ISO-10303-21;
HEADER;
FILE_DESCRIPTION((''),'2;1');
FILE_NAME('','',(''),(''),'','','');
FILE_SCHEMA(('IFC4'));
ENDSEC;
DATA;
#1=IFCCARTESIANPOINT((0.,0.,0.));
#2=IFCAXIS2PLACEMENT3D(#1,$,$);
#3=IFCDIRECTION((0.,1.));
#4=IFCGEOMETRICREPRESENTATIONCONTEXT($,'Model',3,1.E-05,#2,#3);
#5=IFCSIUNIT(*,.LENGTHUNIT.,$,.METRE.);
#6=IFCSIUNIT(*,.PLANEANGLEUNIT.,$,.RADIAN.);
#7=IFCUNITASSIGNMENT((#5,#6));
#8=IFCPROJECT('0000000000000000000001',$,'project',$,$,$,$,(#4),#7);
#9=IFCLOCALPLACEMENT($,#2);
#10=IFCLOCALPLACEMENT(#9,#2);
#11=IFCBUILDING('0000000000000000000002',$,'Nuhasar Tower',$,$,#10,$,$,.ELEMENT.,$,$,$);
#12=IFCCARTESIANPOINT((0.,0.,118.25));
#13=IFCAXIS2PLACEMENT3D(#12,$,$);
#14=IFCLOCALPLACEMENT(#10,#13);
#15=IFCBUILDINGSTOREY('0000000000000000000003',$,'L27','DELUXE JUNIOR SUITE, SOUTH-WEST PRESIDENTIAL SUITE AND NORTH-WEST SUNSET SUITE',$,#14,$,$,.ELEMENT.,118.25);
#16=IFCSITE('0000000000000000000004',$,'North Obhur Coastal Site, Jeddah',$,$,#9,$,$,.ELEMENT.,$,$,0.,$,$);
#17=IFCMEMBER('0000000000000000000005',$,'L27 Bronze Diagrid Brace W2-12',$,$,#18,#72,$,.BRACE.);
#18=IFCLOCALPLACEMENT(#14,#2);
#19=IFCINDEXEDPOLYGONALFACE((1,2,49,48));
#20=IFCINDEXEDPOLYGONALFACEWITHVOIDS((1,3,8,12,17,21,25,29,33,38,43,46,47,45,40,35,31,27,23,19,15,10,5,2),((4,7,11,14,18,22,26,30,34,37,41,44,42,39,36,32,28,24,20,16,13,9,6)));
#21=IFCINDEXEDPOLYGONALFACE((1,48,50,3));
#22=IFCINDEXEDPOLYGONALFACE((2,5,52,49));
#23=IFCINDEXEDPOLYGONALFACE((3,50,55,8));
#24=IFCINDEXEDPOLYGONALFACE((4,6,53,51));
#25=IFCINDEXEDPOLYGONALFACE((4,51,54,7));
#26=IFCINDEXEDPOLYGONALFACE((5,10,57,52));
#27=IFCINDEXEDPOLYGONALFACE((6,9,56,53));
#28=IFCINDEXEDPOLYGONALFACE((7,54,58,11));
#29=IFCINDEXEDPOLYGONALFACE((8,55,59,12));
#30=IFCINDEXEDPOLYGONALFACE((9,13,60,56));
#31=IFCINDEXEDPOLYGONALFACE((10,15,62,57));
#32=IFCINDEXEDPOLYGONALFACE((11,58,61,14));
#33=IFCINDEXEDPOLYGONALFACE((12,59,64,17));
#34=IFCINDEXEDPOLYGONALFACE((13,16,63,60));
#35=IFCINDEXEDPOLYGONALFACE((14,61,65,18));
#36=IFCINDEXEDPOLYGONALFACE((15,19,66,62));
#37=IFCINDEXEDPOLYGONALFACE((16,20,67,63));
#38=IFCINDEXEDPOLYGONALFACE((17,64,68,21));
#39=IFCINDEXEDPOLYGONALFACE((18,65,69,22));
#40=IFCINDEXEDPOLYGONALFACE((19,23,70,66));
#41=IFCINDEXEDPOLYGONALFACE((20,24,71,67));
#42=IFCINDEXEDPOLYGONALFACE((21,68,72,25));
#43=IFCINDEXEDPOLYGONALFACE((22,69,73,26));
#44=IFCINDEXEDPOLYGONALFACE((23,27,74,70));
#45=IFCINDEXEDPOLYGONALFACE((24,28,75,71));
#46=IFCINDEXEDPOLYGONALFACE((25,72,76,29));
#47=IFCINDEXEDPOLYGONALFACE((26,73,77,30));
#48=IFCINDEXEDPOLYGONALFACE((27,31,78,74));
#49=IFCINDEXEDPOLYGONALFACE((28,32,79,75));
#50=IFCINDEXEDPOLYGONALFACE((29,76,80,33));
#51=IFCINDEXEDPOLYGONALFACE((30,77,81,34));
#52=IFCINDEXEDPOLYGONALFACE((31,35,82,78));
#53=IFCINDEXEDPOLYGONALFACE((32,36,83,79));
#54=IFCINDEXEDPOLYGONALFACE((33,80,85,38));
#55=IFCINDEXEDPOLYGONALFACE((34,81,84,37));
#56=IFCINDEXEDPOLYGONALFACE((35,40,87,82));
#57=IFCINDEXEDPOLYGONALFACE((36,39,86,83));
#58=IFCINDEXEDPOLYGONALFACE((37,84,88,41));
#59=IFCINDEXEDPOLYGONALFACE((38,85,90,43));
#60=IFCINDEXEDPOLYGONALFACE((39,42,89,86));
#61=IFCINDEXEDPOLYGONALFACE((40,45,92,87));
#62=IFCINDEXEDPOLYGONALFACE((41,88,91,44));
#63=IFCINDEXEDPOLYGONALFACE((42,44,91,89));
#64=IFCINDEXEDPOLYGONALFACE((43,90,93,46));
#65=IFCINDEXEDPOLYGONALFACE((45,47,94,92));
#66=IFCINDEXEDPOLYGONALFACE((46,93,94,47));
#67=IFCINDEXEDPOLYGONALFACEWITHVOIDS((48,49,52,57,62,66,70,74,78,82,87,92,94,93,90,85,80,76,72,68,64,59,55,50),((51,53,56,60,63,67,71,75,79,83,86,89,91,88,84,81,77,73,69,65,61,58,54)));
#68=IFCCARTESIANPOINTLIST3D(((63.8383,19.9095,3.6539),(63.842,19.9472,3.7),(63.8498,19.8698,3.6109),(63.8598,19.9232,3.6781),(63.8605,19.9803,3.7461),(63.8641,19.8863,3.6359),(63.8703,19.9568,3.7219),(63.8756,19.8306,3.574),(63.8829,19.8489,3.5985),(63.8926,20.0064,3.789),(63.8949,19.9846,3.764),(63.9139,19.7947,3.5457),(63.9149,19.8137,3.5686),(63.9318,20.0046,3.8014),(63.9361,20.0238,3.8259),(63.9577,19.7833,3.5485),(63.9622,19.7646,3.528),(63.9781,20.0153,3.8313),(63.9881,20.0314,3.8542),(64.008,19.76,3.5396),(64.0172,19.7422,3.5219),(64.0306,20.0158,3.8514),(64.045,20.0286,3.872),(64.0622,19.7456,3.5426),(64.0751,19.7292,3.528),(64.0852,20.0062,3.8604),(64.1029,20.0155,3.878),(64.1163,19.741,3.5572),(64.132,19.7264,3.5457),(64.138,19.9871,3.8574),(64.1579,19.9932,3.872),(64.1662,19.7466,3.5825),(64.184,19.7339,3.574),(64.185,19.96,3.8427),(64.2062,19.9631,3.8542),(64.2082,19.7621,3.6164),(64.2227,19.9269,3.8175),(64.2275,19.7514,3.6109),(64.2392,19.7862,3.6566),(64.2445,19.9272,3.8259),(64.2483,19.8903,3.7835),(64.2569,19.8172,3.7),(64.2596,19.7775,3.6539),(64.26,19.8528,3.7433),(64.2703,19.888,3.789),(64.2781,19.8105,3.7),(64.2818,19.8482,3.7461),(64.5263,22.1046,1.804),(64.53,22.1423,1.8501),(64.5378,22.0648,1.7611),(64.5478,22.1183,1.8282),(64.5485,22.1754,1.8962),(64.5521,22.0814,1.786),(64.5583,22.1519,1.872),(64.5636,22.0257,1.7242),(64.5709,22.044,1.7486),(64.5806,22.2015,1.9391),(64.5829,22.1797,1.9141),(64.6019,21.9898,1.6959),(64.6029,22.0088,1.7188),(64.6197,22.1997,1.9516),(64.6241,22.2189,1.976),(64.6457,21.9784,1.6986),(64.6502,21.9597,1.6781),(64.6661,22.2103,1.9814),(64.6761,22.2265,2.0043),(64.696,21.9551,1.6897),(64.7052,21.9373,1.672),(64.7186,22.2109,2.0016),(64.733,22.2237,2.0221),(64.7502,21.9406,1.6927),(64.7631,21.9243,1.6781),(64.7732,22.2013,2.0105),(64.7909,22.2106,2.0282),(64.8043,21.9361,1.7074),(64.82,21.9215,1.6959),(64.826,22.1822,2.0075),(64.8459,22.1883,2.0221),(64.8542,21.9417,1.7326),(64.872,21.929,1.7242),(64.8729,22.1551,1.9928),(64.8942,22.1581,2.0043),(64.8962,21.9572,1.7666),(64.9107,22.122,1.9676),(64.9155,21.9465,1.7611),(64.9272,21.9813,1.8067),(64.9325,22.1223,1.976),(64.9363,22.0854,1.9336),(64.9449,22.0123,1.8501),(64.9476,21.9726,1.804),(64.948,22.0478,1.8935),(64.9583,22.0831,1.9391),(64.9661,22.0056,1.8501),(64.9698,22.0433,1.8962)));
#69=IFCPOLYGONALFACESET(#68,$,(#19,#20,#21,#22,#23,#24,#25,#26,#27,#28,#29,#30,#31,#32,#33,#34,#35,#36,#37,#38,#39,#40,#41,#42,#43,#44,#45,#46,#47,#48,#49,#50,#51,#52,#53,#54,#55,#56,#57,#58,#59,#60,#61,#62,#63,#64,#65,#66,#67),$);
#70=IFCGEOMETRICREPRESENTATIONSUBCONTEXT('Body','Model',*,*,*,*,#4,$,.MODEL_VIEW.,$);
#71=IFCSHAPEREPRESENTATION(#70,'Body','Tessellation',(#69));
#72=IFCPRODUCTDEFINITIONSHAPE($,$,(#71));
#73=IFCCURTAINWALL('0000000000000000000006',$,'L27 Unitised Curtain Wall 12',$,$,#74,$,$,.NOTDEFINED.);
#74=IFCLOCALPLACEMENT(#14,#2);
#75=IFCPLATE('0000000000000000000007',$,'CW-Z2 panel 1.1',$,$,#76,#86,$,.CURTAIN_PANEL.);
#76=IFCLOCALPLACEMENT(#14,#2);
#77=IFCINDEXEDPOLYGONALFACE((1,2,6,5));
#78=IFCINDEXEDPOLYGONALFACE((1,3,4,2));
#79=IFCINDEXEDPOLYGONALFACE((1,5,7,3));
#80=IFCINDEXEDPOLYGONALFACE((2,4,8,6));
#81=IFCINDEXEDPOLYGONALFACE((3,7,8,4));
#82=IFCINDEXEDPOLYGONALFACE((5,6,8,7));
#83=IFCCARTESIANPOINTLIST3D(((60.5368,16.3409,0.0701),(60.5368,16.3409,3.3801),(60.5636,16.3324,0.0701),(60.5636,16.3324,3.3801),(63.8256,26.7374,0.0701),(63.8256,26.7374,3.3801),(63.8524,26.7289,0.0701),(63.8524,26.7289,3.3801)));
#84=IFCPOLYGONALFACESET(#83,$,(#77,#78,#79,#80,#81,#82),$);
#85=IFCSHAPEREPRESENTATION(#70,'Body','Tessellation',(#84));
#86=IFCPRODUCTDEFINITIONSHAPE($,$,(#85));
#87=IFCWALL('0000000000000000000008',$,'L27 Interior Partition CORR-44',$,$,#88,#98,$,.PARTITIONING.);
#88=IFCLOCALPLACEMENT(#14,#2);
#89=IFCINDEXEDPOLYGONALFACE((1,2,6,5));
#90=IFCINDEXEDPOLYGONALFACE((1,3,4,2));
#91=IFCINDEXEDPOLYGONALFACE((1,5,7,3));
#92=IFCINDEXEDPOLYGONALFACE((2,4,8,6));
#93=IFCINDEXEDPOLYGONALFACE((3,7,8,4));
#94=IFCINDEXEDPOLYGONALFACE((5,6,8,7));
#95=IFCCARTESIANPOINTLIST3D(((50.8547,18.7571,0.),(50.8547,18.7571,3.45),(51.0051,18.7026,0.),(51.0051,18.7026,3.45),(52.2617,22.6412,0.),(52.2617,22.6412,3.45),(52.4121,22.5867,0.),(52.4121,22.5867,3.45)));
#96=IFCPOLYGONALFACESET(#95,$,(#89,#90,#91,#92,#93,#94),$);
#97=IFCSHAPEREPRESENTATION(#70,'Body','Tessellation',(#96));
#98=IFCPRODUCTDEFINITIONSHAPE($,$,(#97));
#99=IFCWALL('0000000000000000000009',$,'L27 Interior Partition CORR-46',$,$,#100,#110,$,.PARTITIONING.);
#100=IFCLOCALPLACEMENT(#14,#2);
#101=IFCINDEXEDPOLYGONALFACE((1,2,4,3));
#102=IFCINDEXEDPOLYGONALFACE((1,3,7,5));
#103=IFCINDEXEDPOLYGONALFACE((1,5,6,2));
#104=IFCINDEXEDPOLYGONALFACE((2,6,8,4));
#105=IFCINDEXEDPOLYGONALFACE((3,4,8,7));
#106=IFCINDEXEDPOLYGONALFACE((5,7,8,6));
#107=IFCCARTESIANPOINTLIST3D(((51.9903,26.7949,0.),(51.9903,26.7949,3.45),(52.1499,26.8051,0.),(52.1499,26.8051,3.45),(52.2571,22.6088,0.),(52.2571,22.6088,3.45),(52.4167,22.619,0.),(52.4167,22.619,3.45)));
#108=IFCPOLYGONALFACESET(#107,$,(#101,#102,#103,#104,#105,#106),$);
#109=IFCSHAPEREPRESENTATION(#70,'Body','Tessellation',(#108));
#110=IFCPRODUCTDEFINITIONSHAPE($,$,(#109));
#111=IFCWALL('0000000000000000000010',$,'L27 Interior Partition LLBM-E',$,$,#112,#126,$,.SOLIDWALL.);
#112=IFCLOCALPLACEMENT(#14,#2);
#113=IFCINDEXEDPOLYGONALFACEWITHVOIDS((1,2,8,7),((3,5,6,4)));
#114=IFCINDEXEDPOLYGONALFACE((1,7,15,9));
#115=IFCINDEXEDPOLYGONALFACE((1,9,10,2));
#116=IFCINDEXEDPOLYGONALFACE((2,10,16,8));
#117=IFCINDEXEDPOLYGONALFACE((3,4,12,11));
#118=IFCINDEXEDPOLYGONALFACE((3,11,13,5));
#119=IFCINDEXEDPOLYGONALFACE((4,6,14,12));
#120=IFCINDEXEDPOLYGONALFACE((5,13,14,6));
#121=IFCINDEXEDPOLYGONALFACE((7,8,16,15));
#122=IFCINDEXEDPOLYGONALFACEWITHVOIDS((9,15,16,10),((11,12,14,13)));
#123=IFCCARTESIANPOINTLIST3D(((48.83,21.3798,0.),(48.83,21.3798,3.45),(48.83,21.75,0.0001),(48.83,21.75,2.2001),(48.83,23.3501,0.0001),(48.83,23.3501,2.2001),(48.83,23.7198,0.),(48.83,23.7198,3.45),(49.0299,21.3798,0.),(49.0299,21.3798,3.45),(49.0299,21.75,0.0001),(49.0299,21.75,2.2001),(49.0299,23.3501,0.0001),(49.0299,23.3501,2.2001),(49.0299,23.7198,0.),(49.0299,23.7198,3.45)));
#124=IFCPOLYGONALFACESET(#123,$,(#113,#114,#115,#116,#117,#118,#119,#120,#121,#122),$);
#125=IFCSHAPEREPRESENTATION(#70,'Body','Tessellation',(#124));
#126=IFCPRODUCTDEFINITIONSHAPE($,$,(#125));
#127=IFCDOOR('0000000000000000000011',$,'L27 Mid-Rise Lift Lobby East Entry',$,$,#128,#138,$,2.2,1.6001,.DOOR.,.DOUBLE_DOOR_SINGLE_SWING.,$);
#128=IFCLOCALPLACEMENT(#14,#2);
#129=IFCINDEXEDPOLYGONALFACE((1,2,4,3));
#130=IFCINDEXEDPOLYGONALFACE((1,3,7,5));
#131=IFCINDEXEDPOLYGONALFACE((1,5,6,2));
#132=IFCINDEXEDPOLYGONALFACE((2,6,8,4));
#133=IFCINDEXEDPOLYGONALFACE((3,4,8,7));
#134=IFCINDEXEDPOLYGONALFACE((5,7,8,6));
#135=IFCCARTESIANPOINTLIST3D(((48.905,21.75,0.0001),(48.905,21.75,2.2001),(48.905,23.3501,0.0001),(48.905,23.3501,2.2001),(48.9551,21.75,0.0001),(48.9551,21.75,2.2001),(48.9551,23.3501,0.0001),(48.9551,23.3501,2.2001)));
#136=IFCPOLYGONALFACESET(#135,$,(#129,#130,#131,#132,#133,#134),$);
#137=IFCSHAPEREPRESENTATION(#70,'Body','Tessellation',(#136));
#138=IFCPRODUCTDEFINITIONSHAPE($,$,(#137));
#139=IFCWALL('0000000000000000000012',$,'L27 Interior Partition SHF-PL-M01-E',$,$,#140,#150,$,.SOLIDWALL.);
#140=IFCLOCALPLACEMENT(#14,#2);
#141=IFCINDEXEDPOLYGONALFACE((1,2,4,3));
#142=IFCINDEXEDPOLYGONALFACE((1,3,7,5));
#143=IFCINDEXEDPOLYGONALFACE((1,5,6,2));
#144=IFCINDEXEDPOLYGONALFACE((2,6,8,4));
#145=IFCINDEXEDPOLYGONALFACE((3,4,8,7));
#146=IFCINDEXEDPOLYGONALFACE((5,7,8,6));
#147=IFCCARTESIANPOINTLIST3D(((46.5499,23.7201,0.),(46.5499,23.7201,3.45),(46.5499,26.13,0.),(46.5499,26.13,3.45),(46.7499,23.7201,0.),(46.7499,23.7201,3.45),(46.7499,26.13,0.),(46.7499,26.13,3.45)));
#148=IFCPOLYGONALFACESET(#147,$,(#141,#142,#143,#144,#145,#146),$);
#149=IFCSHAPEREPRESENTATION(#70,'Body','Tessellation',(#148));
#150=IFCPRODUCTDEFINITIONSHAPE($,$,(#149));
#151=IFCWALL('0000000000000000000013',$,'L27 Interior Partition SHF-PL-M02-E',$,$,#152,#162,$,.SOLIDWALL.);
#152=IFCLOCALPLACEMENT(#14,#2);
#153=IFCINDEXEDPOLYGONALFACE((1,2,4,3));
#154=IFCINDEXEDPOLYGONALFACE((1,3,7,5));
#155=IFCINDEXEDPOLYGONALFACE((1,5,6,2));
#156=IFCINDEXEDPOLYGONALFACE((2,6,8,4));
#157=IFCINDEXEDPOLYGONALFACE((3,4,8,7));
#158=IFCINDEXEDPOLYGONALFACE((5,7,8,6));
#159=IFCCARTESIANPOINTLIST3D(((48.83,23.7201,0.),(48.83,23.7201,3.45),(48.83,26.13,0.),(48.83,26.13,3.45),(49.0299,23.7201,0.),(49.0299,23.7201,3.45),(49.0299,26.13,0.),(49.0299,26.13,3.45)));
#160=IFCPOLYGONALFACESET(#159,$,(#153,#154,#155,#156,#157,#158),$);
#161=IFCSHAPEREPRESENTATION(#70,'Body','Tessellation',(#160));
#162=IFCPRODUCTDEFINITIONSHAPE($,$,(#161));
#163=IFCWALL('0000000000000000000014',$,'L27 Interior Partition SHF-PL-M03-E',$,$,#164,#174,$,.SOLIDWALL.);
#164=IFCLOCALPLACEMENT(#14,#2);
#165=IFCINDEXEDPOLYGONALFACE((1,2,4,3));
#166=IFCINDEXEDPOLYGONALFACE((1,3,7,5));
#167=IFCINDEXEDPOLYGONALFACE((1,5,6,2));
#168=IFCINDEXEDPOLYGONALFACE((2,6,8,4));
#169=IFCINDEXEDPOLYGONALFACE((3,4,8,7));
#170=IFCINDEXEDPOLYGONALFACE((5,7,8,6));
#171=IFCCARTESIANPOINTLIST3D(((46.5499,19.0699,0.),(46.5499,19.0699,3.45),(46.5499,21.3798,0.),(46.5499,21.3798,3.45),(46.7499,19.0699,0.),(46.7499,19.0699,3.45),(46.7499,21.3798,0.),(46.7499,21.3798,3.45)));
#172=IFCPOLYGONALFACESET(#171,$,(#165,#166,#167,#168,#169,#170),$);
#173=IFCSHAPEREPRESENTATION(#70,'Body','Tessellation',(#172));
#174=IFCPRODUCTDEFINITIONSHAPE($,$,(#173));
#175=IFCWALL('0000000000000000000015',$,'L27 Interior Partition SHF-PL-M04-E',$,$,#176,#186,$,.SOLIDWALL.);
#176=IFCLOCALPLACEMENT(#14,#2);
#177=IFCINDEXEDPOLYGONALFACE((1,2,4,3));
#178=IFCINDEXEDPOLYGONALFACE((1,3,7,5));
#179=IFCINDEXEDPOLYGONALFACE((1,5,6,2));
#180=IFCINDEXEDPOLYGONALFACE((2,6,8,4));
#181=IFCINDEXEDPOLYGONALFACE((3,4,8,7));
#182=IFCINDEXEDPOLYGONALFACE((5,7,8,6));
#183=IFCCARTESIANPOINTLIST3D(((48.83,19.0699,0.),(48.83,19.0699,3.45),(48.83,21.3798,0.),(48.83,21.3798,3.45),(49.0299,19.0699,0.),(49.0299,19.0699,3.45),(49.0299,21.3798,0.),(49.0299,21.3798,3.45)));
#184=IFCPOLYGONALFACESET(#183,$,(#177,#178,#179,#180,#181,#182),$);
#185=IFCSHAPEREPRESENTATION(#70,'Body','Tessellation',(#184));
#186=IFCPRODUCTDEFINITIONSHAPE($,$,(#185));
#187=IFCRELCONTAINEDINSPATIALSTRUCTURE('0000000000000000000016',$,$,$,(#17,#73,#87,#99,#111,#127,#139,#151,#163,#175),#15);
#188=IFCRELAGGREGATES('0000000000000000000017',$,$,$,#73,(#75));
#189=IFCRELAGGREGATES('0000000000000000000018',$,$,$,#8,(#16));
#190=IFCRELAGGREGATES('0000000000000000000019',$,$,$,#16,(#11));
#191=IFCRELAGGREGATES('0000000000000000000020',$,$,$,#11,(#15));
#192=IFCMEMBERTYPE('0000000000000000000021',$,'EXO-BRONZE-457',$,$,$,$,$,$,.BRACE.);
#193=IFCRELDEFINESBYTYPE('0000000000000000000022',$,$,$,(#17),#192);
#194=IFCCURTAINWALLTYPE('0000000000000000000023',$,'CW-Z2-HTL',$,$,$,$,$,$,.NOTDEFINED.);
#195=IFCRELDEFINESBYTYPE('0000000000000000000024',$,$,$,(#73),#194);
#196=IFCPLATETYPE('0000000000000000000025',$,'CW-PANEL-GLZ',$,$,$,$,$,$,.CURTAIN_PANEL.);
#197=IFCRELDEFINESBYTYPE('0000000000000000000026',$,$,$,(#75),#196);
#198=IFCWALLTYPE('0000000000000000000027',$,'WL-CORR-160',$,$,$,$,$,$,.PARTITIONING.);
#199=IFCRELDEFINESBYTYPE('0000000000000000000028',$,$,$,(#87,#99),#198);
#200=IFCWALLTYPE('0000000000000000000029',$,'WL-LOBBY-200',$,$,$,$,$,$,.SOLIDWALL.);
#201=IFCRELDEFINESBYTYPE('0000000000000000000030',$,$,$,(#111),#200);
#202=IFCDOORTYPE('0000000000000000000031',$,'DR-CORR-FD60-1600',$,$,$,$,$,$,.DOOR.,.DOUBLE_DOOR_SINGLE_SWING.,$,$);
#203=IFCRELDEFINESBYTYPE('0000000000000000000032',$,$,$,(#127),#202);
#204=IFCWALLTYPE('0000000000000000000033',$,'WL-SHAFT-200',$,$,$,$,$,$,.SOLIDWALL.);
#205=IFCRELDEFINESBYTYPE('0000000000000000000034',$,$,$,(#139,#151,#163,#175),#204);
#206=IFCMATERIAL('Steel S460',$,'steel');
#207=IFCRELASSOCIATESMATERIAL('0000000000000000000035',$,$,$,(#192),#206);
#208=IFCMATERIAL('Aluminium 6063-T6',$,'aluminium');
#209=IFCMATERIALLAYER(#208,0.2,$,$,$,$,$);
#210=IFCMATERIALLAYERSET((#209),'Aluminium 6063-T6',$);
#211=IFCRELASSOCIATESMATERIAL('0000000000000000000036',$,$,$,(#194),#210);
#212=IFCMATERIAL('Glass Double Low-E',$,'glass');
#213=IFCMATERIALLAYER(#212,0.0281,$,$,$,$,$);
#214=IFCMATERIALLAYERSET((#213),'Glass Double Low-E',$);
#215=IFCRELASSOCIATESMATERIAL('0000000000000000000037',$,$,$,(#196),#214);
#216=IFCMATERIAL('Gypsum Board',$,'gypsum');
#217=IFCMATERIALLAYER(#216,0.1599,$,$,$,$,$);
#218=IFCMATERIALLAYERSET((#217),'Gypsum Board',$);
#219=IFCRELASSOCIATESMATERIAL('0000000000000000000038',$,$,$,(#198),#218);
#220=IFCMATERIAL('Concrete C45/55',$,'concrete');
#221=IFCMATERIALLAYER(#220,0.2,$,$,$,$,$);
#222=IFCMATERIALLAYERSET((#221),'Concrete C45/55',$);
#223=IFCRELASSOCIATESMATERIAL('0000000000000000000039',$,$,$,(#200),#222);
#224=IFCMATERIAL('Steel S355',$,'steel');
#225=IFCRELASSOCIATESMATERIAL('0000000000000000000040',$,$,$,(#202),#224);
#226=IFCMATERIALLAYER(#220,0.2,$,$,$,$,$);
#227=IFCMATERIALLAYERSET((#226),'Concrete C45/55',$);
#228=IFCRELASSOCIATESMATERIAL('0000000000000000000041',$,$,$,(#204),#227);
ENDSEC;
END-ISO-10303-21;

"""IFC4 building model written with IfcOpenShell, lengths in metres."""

from ifc_helpers import new_model, si_unit, direction, frame, frame_2d, origin, origin_2d, place, context, subcontext, project, spatial, rectangle, hollow_circle, extrude, material, layer, layer_set, material_profile, profile_set, type_object, element, fill, aggregate, save


model = new_model("IFC4")

# Units and contexts
model_context = context("Model", 3, precision=1e-05, world=origin(), true_north=direction((0.0, 1.0)))
body_context = subcontext(model_context, "Body", "Model", "MODEL_VIEW")
ifc_project = project(units=[si_unit("LENGTHUNIT", "METRE"), si_unit("PLANEANGLEUNIT", "RADIAN")], contexts=[model_context])

# Site, building, storey
site_placement = place(None, origin())
site = spatial("IfcSite", under=ifc_project, at=site_placement, Name="North Obhur Coastal Site, Jeddah", CompositionType="ELEMENT", RefElevation=0.0)
building_placement = place(site_placement, origin())
building = spatial("IfcBuilding", under=site, at=building_placement, Name="Nuhasar Tower", CompositionType="ELEMENT")
storey_placement = place(building_placement, frame((0.0, 0.0, 118.25)))
storey = spatial("IfcBuildingStorey", under=building, at=storey_placement, Name="L27", Description="DELUXE JUNIOR SUITE, SOUTH-WEST PRESIDENTIAL SUITE AND NORTH-WEST SUNSET SUITE", CompositionType="ELEMENT", Elevation=118.25)

# Shared definitions
ifc_material_1 = material(Name="Steel S355", Category="steel")

# Member
ifc_material_2 = material(Name="Steel S460", Category="steel")
ifc_material_profile_1 = material_profile(ifc_material_2, hollow_circle(Radius=0.2285, WallThickness=0.0222, at=origin_2d()), Name="HSS457X22.2")
ifc_profile_set_1 = profile_set([ifc_material_profile_1], Name="Steel S460")
member_type = type_object("IfcMemberType", Name="EXO-BRONZE-457", PredefinedType="BRACE", material=ifc_profile_set_1)
member_1_placement = place(storey_placement, frame((64.748, 22.074, 1.8501), z_axis=(-0.233068, -0.743616, 0.626669), x_axis=(0.954228, -0.299079, 0.0)))
element("IfcMember", 1, at=member_1_placement, inside=storey, type_object=member_type, Name="L27 Bronze Diagrid Brace W2-12", PredefinedType="BRACE", context=body_context, shape_type="SweptSolid", body=[
    extrude(hollow_circle(Radius=0.2285, WallThickness=0.0222, at=origin_2d()), origin(), (0.0, 0.0, 1.0), 2.9519),
])

# Curtain wall, plate
ifc_material_3 = material(Name="Aluminium 6063-T6", Category="aluminium")
ifc_layer_1 = layer(ifc_material_3, 0.2)
ifc_layer_set_1 = layer_set([ifc_layer_1], Name="Aluminium 6063-T6")
curtain_wall_type = type_object("IfcCurtainWallType", Name="CW-Z2-HTL", PredefinedType="NOTDEFINED", material=ifc_layer_set_1)
curtain_wall_placement = place(storey_placement, origin())
curtain_wall = element("IfcCurtainWall", 2, at=curtain_wall_placement, inside=storey, type_object=curtain_wall_type, Name="L27 Unitised Curtain Wall 12", PredefinedType="NOTDEFINED")
ifc_material_4 = material(Name="Glass Double Low-E", Category="glass")
ifc_layer_2 = layer(ifc_material_4, 0.0281)
ifc_layer_set_2 = layer_set([ifc_layer_2], Name="Glass Double Low-E")
plate_type = type_object("IfcPlateType", Name="CW-PANEL-GLZ", PredefinedType="CURTAIN_PANEL", material=ifc_layer_set_2)
plate_placement = place(storey_placement, frame((62.1946, 21.5349, 0.0701), z_axis=(0.0, 0.0, 1.0), x_axis=(0.301604, 0.953433, 0.0)))
plate = element("IfcPlate", 3, at=plate_placement, type_object=plate_type, Name="CW-Z2 panel 1.1", PredefinedType="CURTAIN_PANEL", context=body_context, shape_type="SweptSolid", body=[
    extrude(rectangle(XDim=10.9043, YDim=0.0281, at=origin_2d()), origin(), (0.0, 0.0, 1.0), 3.3101),
])
aggregate(curtain_wall, [plate])

# Shared definitions
ifc_material_5 = material(Name="Gypsum Board", Category="gypsum")
ifc_layer_3 = layer(ifc_material_5, 0.1599)
ifc_layer_set_3 = layer_set([ifc_layer_3], Name="Gypsum Board")
wall_type_1 = type_object("IfcWallType", Name="WL-CORR-160", PredefinedType="PARTITIONING", material=ifc_layer_set_3)

# Walls
wall_1_placement = place(storey_placement, frame((50.9299, 18.73, 0.0), z_axis=(0.0, 0.0, 1.0), x_axis=(0.34059, 0.940212, 0.0)))
element("IfcWall", 4, at=wall_1_placement, inside=storey, type_object=wall_type_1, Name="L27 Interior Partition CORR-44", PredefinedType="PARTITIONING", context=body_context, shape_type="SweptSolid", body=[
    extrude(rectangle(XDim=4.1311, YDim=0.1599, at=frame_2d((2.0654, 0.0))), origin(), (0.0, 0.0, 1.0), 3.45),
])
wall_2_placement = place(storey_placement, frame((52.3369, 22.614, 0.0), z_axis=(0.0, 0.0, 1.0), x_axis=(-0.063618, 0.997974, 0.0)))
element("IfcWall", 5, at=wall_2_placement, inside=storey, type_object=wall_type_1, Name="L27 Interior Partition CORR-46", PredefinedType="PARTITIONING", context=body_context, shape_type="SweptSolid", body=[
    extrude(rectangle(XDim=4.1946, YDim=0.1599, at=frame_2d((2.0972, 0.0))), origin(), (0.0, 0.0, 1.0), 3.45),
])

# Wall, opening, door
ifc_material_6 = material(Name="Concrete C45/55", Category="concrete")
ifc_layer_4 = layer(ifc_material_6, 0.2)
ifc_layer_set_4 = layer_set([ifc_layer_4], Name="Concrete C45/55")
wall_type_2 = type_object("IfcWallType", Name="WL-LOBBY-200", PredefinedType="SOLIDWALL", material=ifc_layer_set_4)
wall_3_placement = place(storey_placement, frame((48.9299, 21.3799, 0.0), z_axis=(0.0, 0.0, 1.0), x_axis=(0.0, 1.0, 0.0)))
wall_3 = element("IfcWall", 6, at=wall_3_placement, inside=storey, type_object=wall_type_2, Name="L27 Interior Partition LLBM-E", PredefinedType="SOLIDWALL", context=body_context, shape_type="SweptSolid", body=[
    extrude(rectangle(XDim=2.3401, YDim=0.2, at=frame_2d((1.1699, 0.0))), origin(), (0.0, 0.0, 1.0), 3.45),
])
opening_1_placement = place(wall_3_placement, frame((0.3701, 0.0, 0.0)))
opening_1 = element("IfcOpeningElement", 7, at=opening_1_placement, cuts=wall_3, PredefinedType="OPENING", context=body_context, shape_type="SweptSolid", body=[
    extrude(rectangle(XDim=1.6001, YDim=2.2, at=frame_2d((0.8, 1.1001))), frame((0.0, 0.1099, 0.0), z_axis=(0.0, -1.0, 0.0), x_axis=(1.0, 0.0, 0.0)), (0.0, 0.0, 1.0), 0.22),
])
door_type_1 = type_object("IfcDoorType", Name="DR-CORR-FD60-1600", OperationType="DOUBLE_DOOR_SINGLE_SWING", PredefinedType="DOOR", material=ifc_material_1)
door_1_placement = place(opening_1_placement, origin())
door_1 = element("IfcDoor", 8, at=door_1_placement, inside=storey, type_object=door_type_1, Name="L27 Mid-Rise Lift Lobby East Entry", OperationType="DOUBLE_DOOR_SINGLE_SWING", OverallHeight=2.2, OverallWidth=1.6001, PredefinedType="DOOR", context=body_context, shape_type="SweptSolid", body=[
    extrude(rectangle(XDim=1.6001, YDim=2.2, at=frame_2d((0.8, 1.1001))), frame((0.0, 0.0249, 0.0), z_axis=(0.0, -1.0, 0.0), x_axis=(1.0, 0.0, 0.0)), (0.0, 0.0, 1.0), 0.05),
])
fill(opening_1, door_1)

# Wall
ifc_layer_5 = layer(ifc_material_6, 0.2)
ifc_layer_set_5 = layer_set([ifc_layer_5], Name="Concrete C45/55")
wall_type_3 = type_object("IfcWallType", Name="WL-SHAFT-200", PredefinedType="SOLIDWALL", material=ifc_layer_set_5)
wall_4_placement = place(storey_placement, frame((46.6499, 23.72, 0.0), z_axis=(0.0, 0.0, 1.0), x_axis=(0.0, 1.0, 0.0)))
element("IfcWall", 9, at=wall_4_placement, inside=storey, type_object=wall_type_3, Name="L27 Interior Partition SHF-PL-M01-E", PredefinedType="SOLIDWALL", context=body_context, shape_type="SweptSolid", body=[
    extrude(rectangle(XDim=2.4099, YDim=0.2, at=frame_2d((1.2051, 0.0))), origin(), (0.0, 0.0, 1.0), 3.45),
])

# Walls
wall_5_placement = place(storey_placement, frame((48.9299, 23.72, 0.0), z_axis=(0.0, 0.0, 1.0), x_axis=(0.0, 1.0, 0.0)))
element("IfcWall", 10, at=wall_5_placement, inside=storey, type_object=wall_type_3, Name="L27 Interior Partition SHF-PL-M02-E", PredefinedType="SOLIDWALL", context=body_context, shape_type="SweptSolid", body=[
    extrude(rectangle(XDim=2.4099, YDim=0.2, at=frame_2d((1.2051, 0.0))), origin(), (0.0, 0.0, 1.0), 3.45),
])
wall_6_placement = place(storey_placement, frame((46.6499, 19.0701, 0.0), z_axis=(0.0, 0.0, 1.0), x_axis=(0.0, 1.0, 0.0)))
element("IfcWall", 11, at=wall_6_placement, inside=storey, type_object=wall_type_3, Name="L27 Interior Partition SHF-PL-M03-E", PredefinedType="SOLIDWALL", context=body_context, shape_type="SweptSolid", body=[
    extrude(rectangle(XDim=2.3098, YDim=0.2, at=frame_2d((1.1548, 0.0))), origin(), (0.0, 0.0, 1.0), 3.45),
])

# Wall
wall_7_placement = place(storey_placement, frame((48.9299, 19.0701, 0.0), z_axis=(0.0, 0.0, 1.0), x_axis=(0.0, 1.0, 0.0)))
element("IfcWall", 12, at=wall_7_placement, inside=storey, type_object=wall_type_3, Name="L27 Interior Partition SHF-PL-M04-E", PredefinedType="SOLIDWALL", context=body_context, shape_type="SweptSolid", body=[
    extrude(rectangle(XDim=2.3098, YDim=0.2, at=frame_2d((1.1548, 0.0))), origin(), (0.0, 0.0, 1.0), 3.45),
])

save(model, "model.ifc")
